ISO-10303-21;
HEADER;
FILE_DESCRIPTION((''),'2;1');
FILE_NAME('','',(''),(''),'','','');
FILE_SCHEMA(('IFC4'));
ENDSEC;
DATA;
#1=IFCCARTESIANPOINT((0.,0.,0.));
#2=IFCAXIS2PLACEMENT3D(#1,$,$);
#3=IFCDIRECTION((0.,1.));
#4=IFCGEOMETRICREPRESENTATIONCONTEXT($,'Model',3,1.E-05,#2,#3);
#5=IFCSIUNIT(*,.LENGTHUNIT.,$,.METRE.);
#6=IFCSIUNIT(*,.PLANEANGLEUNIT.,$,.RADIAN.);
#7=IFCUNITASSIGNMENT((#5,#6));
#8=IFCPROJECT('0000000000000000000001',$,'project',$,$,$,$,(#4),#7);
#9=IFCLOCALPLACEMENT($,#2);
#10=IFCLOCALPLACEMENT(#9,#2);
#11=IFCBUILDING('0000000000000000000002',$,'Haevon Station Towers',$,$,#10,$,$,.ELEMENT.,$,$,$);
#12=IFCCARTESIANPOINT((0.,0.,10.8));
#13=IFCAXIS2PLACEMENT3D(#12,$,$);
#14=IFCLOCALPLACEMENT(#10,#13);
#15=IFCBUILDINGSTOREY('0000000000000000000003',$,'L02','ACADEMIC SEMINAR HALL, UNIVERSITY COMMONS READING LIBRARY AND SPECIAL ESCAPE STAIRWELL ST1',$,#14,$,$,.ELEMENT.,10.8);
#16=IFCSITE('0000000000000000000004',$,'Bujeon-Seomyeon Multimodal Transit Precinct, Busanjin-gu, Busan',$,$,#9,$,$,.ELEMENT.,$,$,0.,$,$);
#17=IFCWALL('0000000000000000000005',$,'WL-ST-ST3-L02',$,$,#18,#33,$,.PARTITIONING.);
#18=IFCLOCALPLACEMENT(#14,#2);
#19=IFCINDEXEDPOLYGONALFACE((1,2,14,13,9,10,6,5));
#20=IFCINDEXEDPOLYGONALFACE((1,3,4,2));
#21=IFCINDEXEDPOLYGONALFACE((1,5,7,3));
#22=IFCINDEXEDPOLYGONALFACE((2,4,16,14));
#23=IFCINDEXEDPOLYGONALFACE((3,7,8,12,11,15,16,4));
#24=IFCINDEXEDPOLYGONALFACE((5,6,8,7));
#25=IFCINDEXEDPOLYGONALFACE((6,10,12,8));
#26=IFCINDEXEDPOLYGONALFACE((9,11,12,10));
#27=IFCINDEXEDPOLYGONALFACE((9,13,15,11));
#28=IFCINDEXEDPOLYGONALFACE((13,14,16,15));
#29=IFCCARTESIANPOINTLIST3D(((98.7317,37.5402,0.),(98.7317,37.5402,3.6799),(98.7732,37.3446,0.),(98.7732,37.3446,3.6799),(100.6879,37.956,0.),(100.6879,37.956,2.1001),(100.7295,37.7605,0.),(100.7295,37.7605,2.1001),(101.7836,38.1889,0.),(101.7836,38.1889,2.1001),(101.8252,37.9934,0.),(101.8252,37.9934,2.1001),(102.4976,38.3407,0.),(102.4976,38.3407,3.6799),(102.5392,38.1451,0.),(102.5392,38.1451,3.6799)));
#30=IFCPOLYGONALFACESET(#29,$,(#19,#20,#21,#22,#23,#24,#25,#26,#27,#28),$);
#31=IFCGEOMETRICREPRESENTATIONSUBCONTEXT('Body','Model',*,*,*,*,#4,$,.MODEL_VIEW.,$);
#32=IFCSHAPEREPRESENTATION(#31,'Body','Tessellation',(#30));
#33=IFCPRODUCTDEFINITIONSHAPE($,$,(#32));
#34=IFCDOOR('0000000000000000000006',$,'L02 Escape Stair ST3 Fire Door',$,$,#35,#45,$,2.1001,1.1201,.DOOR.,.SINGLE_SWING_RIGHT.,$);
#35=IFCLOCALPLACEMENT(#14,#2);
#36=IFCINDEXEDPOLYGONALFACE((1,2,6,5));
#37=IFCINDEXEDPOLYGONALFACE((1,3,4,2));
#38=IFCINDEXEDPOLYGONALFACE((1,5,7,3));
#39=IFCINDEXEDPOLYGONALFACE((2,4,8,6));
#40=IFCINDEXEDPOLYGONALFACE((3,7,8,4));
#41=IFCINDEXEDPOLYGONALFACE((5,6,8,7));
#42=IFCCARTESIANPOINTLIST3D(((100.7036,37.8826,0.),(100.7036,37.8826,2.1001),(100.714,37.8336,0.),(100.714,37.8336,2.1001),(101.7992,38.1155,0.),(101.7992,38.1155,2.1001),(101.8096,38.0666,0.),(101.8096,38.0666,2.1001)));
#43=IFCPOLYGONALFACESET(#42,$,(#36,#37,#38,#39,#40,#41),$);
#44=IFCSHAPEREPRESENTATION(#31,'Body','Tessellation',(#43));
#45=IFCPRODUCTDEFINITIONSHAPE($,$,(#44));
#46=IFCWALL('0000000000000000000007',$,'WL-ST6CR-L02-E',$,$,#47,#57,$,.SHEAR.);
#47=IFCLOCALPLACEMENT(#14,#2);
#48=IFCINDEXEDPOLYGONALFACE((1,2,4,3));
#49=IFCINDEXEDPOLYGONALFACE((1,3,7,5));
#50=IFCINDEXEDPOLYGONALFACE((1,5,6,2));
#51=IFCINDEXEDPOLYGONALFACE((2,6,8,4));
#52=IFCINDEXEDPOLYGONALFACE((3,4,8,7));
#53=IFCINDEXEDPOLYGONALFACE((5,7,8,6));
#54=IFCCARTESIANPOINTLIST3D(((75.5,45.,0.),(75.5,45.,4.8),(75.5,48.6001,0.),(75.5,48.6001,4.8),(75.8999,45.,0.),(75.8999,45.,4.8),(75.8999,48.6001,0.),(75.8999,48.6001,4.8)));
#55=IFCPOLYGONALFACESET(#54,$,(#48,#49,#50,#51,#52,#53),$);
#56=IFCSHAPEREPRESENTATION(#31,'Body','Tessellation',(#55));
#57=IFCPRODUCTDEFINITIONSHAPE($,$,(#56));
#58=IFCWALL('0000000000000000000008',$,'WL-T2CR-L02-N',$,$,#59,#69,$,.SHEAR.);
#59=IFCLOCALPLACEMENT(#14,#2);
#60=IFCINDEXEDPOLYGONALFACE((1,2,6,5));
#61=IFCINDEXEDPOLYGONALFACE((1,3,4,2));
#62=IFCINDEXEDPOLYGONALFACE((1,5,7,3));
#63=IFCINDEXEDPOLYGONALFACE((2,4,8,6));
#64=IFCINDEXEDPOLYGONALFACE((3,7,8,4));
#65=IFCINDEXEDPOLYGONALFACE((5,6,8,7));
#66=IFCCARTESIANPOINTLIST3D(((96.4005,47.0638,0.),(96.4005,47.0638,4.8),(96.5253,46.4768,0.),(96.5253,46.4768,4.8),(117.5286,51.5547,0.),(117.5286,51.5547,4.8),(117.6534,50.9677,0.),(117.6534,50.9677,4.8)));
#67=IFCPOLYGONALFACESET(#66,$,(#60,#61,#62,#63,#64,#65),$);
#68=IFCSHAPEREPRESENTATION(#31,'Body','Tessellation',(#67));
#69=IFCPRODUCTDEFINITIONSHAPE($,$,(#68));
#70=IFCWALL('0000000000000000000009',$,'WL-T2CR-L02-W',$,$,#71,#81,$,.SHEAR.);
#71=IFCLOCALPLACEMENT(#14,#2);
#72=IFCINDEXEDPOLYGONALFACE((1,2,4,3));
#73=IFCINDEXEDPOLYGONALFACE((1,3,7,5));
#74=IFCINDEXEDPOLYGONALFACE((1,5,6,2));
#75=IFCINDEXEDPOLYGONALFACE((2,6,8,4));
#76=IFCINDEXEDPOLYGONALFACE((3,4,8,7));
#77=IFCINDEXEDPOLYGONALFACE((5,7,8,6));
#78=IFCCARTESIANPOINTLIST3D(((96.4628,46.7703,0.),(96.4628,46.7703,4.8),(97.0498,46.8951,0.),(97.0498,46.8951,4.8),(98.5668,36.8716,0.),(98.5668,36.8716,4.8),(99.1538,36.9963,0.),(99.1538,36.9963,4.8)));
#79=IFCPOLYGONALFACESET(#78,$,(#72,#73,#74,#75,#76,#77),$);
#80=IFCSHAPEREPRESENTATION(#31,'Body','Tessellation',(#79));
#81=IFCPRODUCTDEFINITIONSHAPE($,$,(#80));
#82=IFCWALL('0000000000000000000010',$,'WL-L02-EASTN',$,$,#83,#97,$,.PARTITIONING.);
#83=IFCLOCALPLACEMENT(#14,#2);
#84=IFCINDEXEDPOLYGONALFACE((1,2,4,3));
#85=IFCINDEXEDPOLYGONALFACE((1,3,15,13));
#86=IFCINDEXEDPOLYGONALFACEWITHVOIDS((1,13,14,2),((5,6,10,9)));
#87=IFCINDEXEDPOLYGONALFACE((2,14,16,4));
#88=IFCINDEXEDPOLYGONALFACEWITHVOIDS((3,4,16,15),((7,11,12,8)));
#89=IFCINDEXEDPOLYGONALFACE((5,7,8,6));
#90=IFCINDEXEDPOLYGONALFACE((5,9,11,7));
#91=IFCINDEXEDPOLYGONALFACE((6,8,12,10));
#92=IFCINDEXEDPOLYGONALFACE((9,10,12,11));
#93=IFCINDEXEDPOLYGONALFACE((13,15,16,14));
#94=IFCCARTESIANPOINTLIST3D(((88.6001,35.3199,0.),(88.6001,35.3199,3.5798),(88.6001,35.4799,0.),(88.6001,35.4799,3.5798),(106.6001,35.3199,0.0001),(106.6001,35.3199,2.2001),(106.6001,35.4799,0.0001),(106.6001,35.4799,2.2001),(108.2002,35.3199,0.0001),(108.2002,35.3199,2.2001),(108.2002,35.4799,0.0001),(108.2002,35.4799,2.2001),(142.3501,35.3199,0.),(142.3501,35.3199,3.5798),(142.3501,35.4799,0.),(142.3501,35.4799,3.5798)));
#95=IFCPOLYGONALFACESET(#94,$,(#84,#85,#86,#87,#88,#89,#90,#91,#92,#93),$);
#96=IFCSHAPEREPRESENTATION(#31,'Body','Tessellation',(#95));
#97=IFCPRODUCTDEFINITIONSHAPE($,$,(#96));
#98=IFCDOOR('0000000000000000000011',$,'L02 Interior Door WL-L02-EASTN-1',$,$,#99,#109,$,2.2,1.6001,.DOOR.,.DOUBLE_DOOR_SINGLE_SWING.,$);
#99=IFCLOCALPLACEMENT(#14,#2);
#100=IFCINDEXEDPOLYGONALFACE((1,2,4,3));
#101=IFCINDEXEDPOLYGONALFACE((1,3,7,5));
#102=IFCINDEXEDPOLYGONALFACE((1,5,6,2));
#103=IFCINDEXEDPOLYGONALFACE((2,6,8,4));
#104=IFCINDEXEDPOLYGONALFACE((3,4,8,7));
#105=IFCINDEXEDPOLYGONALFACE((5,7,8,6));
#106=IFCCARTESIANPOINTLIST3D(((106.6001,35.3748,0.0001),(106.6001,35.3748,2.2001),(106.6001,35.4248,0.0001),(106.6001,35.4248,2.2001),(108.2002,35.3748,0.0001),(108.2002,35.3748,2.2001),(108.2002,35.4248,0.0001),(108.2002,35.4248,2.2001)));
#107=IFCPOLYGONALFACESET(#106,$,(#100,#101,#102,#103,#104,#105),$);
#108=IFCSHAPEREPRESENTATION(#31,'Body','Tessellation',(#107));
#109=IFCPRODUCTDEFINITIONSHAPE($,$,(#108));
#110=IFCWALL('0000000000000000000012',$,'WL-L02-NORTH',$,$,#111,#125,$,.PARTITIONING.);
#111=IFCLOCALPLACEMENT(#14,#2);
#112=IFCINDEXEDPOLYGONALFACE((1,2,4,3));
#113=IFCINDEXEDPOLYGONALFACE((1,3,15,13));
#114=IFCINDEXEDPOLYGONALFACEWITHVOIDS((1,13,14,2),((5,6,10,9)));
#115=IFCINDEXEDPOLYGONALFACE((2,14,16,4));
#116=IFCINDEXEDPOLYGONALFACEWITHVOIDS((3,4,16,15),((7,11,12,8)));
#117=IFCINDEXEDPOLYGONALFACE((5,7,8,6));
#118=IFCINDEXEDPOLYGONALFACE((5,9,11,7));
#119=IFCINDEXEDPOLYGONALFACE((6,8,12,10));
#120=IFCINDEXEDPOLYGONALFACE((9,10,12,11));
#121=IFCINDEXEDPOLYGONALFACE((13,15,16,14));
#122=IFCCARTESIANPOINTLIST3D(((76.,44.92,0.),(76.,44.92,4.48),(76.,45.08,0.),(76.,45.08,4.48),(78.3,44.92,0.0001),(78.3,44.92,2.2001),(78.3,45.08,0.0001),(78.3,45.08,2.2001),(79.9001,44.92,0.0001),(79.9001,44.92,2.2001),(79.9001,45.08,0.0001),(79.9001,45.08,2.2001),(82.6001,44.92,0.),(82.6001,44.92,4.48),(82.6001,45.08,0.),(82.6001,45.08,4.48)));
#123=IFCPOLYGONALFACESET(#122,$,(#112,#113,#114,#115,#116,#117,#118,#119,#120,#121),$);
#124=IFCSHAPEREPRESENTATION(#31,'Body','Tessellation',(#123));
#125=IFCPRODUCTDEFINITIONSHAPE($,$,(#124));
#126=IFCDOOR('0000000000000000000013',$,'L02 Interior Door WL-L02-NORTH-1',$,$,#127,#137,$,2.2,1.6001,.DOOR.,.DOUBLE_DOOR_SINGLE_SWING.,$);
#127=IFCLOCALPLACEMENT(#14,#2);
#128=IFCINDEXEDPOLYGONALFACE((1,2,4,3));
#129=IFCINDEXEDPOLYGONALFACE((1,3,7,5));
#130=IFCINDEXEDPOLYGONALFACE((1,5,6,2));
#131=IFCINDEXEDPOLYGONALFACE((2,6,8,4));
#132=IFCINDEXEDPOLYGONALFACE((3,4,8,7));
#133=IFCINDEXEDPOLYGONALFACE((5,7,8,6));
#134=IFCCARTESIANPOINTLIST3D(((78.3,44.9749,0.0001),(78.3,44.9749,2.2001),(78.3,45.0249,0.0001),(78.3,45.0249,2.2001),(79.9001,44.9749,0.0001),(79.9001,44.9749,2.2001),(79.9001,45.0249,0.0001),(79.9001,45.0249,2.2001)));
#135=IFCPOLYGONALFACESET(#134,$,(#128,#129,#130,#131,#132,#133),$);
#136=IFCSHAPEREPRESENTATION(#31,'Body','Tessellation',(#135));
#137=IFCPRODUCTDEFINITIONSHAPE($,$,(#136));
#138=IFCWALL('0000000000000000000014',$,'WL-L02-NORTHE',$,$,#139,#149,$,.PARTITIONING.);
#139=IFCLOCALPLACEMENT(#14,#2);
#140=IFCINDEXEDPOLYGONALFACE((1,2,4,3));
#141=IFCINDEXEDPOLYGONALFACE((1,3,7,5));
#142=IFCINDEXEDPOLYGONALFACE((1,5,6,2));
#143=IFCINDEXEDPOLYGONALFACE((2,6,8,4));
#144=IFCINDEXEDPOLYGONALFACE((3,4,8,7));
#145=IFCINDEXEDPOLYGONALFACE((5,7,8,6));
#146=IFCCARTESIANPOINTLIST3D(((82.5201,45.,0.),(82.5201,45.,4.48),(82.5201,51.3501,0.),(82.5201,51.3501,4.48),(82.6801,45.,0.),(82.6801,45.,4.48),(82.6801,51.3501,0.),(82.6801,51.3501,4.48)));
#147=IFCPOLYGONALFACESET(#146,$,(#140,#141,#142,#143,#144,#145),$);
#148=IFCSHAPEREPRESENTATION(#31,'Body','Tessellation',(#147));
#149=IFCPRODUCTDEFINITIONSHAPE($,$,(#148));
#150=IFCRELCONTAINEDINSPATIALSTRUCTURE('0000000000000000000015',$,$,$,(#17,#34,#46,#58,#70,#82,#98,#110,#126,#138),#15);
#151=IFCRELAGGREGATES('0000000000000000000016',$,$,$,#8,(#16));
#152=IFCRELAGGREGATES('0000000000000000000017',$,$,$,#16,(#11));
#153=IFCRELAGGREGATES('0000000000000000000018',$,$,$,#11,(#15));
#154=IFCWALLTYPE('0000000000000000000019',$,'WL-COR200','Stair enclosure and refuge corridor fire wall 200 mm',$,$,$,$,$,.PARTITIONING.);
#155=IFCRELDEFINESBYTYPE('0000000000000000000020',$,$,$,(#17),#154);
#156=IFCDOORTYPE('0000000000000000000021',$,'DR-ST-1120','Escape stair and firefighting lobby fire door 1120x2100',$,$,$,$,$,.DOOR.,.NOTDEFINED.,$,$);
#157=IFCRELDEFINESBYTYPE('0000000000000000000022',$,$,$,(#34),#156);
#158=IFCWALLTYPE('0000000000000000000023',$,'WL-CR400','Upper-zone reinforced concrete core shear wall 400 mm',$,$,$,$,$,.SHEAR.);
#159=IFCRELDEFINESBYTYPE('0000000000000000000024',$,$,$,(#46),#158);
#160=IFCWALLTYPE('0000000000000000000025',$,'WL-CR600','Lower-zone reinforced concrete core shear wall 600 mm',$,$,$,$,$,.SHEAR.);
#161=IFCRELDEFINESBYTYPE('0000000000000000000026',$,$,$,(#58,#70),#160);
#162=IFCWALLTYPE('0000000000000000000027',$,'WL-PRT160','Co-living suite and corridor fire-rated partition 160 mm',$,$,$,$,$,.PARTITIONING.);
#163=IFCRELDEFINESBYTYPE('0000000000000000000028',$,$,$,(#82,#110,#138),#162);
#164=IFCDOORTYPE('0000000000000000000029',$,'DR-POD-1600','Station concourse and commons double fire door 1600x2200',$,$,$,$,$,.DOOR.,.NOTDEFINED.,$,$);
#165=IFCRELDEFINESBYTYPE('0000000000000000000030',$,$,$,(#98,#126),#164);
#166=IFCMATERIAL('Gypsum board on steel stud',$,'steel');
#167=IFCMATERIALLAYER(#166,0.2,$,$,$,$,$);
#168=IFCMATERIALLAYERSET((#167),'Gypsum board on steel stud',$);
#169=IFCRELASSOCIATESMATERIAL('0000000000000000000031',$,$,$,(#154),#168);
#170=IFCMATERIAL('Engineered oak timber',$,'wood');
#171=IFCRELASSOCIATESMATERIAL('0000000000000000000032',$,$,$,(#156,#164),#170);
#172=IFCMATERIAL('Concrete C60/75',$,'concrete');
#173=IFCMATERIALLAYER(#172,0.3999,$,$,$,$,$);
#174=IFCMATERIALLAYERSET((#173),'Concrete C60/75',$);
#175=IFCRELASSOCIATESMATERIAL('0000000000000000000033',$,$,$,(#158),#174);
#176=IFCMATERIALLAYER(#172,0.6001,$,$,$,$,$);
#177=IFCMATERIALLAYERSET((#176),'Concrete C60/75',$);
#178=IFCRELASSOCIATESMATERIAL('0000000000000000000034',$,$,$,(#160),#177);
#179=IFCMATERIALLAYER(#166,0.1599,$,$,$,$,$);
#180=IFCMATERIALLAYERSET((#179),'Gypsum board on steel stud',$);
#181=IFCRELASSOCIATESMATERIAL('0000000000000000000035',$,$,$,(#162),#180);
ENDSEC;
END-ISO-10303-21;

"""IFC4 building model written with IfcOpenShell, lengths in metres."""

from ifc_helpers import new_model, si_unit, direction, frame, frame_2d, origin, place, context, subcontext, project, spatial, rectangle, extrude, material, layer, layer_set, type_object, element, fill, save


model = new_model("IFC4")

# Units and contexts
model_context = context("Model", 3, precision=1e-05, world=origin(), true_north=direction((0.0, 1.0)))
body_context = subcontext(model_context, "Body", "Model", "MODEL_VIEW")
ifc_project = project(units=[si_unit("LENGTHUNIT", "METRE"), si_unit("PLANEANGLEUNIT", "RADIAN")], contexts=[model_context])

# Site, building, storey
site_placement = place(None, origin())
site = spatial("IfcSite", under=ifc_project, at=site_placement, Name="Bujeon-Seomyeon Multimodal Transit Precinct, Busanjin-gu, Busan", CompositionType="ELEMENT", RefElevation=0.0)
building_placement = place(site_placement, origin())
building = spatial("IfcBuilding", under=site, at=building_placement, Name="Haevon Station Towers", CompositionType="ELEMENT")
storey_placement = place(building_placement, frame((0.0, 0.0, 10.8)))
storey = spatial("IfcBuildingStorey", under=building, at=storey_placement, Name="L02", Description="ACADEMIC SEMINAR HALL, UNIVERSITY COMMONS READING LIBRARY AND SPECIAL ESCAPE STAIRWELL ST1", CompositionType="ELEMENT", Elevation=10.8)

# Wall, opening, door
ifc_material_1 = material(Name="Gypsum board on steel stud", Category="steel")
ifc_layer_1 = layer(ifc_material_1, 0.2)
ifc_layer_set_1 = layer_set([ifc_layer_1], Name="Gypsum board on steel stud")
wall_type_1 = type_object("IfcWallType", Name="WL-COR200", Description="Stair enclosure and refuge corridor fire wall 200 mm", PredefinedType="PARTITIONING", material=ifc_layer_set_1)
wall_1_placement = place(storey_placement, frame((98.7524, 37.4424, 0.0), z_axis=(0.0, 0.0, 1.0), x_axis=(0.978144, 0.207931, 0.0)))
wall_1 = element("IfcWall", 1, at=wall_1_placement, inside=storey, type_object=wall_type_1, Name="WL-ST-ST3-L02", PredefinedType="PARTITIONING", context=body_context, shape_type="SweptSolid", body=[
    extrude(rectangle(XDim=3.8501, YDim=0.2, at=frame_2d((1.925, 0.0))), origin(), (0.0, 0.0, 1.0), 3.6799),
])
opening_1_placement = place(wall_1_placement, frame((2.0, 0.0, 0.0)))
opening_1 = element("IfcOpeningElement", 2, at=opening_1_placement, cuts=wall_1, PredefinedType="OPENING", context=body_context, shape_type="SweptSolid", body=[
    extrude(rectangle(XDim=1.1201, YDim=2.1001, at=frame_2d((0.5601, 1.05))), frame((0.0, 0.1099, 0.0), z_axis=(0.0, -1.0, 0.0), x_axis=(1.0, 0.0, 0.0)), (0.0, 0.0, 1.0), 0.22),
])
ifc_material_2 = material(Name="Engineered oak timber", Category="wood")
door_type_1 = type_object("IfcDoorType", Name="DR-ST-1120", Description="Escape stair and firefighting lobby fire door 1120x2100", OperationType="NOTDEFINED", PredefinedType="DOOR", material=ifc_material_2)
door_1_placement = place(opening_1_placement, origin())
door_1 = element("IfcDoor", 3, at=door_1_placement, inside=storey, type_object=door_type_1, Name="L02 Escape Stair ST3 Fire Door", OperationType="SINGLE_SWING_RIGHT", OverallHeight=2.1001, OverallWidth=1.1201, PredefinedType="DOOR", context=body_context, shape_type="SweptSolid", body=[
    extrude(rectangle(XDim=1.1201, YDim=2.1001, at=frame_2d((0.5601, 1.05))), frame((0.0, 0.0249, 0.0), z_axis=(0.0, -1.0, 0.0), x_axis=(1.0, 0.0, 0.0)), (0.0, 0.0, 1.0), 0.05),
])
fill(opening_1, door_1)

# Walls
ifc_material_3 = material(Name="Concrete C60/75", Category="concrete")
ifc_layer_2 = layer(ifc_material_3, 0.3999)
ifc_layer_set_2 = layer_set([ifc_layer_2], Name="Concrete C60/75")
wall_type_2 = type_object("IfcWallType", Name="WL-CR400", Description="Upper-zone reinforced concrete core shear wall 400 mm", PredefinedType="SHEAR", material=ifc_layer_set_2)
wall_2_placement = place(storey_placement, frame((75.7, 45.0, 0.0), z_axis=(0.0, 0.0, 1.0), x_axis=(0.0, 1.0, 0.0)))
element("IfcWall", 4, at=wall_2_placement, inside=storey, type_object=wall_type_2, Name="WL-ST6CR-L02-E", PredefinedType="SHEAR", context=body_context, shape_type="SweptSolid", body=[
    extrude(rectangle(XDim=3.6001, YDim=0.3999, at=frame_2d((1.8, 0.0))), origin(), (0.0, 0.0, 1.0), 4.8),
])
ifc_layer_3 = layer(ifc_material_3, 0.6001)
ifc_layer_set_3 = layer_set([ifc_layer_3], Name="Concrete C60/75")
wall_type_3 = type_object("IfcWallType", Name="WL-CR600", Description="Lower-zone reinforced concrete core shear wall 600 mm", PredefinedType="SHEAR", material=ifc_layer_set_3)
wall_3_placement = place(storey_placement, frame((96.4629, 46.7703, 0.0), z_axis=(0.0, 0.0, 1.0), x_axis=(0.978147, 0.207913, 0.0)))
element("IfcWall", 5, at=wall_3_placement, inside=storey, type_object=wall_type_3, Name="WL-T2CR-L02-N", PredefinedType="SHEAR", context=body_context, shape_type="SweptSolid", body=[
    extrude(rectangle(XDim=21.6001, YDim=0.6001, at=frame_2d((10.8, 0.0))), origin(), (0.0, 0.0, 1.0), 4.8),
])
wall_4_placement = place(storey_placement, frame((98.8604, 36.9338, 0.0), z_axis=(0.0, 0.0, 1.0), x_axis=(-0.207909, 0.978148, 0.0)))
element("IfcWall", 6, at=wall_4_placement, inside=storey, type_object=wall_type_3, Name="WL-T2CR-L02-W", PredefinedType="SHEAR", context=body_context, shape_type="SweptSolid", body=[
    extrude(rectangle(XDim=10.1199, YDim=0.6001, at=frame_2d((5.0601, 0.0))), origin(), (0.0, 0.0, 1.0), 4.8),
])

# Walls, openings, doors
ifc_layer_4 = layer(ifc_material_1, 0.1599)
ifc_layer_set_4 = layer_set([ifc_layer_4], Name="Gypsum board on steel stud")
wall_type_4 = type_object("IfcWallType", Name="WL-PRT160", Description="Co-living suite and corridor fire-rated partition 160 mm", PredefinedType="PARTITIONING", material=ifc_layer_set_4)
wall_5_placement = place(storey_placement, frame((88.6001, 35.3999, 0.0), z_axis=(0.0, 0.0, 1.0), x_axis=(1.0, 0.0, 0.0)))
wall_5 = element("IfcWall", 7, at=wall_5_placement, inside=storey, type_object=wall_type_4, Name="WL-L02-EASTN", PredefinedType="PARTITIONING", context=body_context, shape_type="SweptSolid", body=[
    extrude(rectangle(XDim=53.75, YDim=0.1599, at=frame_2d((26.875, 0.0))), origin(), (0.0, 0.0, 1.0), 3.5798),
])
opening_2_placement = place(wall_5_placement, frame((18.0, 0.0, 0.0)))
opening_2 = element("IfcOpeningElement", 8, at=opening_2_placement, cuts=wall_5, PredefinedType="OPENING", context=body_context, shape_type="SweptSolid", body=[
    extrude(rectangle(XDim=1.6001, YDim=2.2, at=frame_2d((0.8, 1.1001))), frame((0.0, 0.0898, 0.0), z_axis=(0.0, -1.0, 0.0), x_axis=(1.0, 0.0, 0.0)), (0.0, 0.0, 1.0), 0.1799),
])
door_type_2 = type_object("IfcDoorType", Name="DR-POD-1600", Description="Station concourse and commons double fire door 1600x2200", OperationType="NOTDEFINED", PredefinedType="DOOR", material=ifc_material_2)
door_2_placement = place(opening_2_placement, origin())
door_2 = element("IfcDoor", 9, at=door_2_placement, inside=storey, type_object=door_type_2, Name="L02 Interior Door WL-L02-EASTN-1", OperationType="DOUBLE_DOOR_SINGLE_SWING", OverallHeight=2.2, OverallWidth=1.6001, PredefinedType="DOOR", context=body_context, shape_type="SweptSolid", body=[
    extrude(rectangle(XDim=1.6001, YDim=2.2, at=frame_2d((0.8, 1.1001))), frame((0.0, 0.0249, 0.0), z_axis=(0.0, -1.0, 0.0), x_axis=(1.0, 0.0, 0.0)), (0.0, 0.0, 1.0), 0.05),
])
fill(opening_2, door_2)
wall_6_placement = place(storey_placement, frame((76.0, 45.0, 0.0), z_axis=(0.0, 0.0, 1.0), x_axis=(1.0, 0.0, 0.0)))
wall_6 = element("IfcWall", 10, at=wall_6_placement, inside=storey, type_object=wall_type_4, Name="WL-L02-NORTH", PredefinedType="PARTITIONING", context=body_context, shape_type="SweptSolid", body=[
    extrude(rectangle(XDim=6.6001, YDim=0.1599, at=frame_2d((3.3, 0.0))), origin(), (0.0, 0.0, 1.0), 4.48),
])
opening_3_placement = place(wall_6_placement, frame((2.3, 0.0, 0.0)))
opening_3 = element("IfcOpeningElement", 11, at=opening_3_placement, cuts=wall_6, PredefinedType="OPENING", context=body_context, shape_type="SweptSolid", body=[
    extrude(rectangle(XDim=1.6001, YDim=2.2, at=frame_2d((0.8, 1.1001))), frame((0.0, 0.0898, 0.0), z_axis=(0.0, -1.0, 0.0), x_axis=(1.0, 0.0, 0.0)), (0.0, 0.0, 1.0), 0.1799),
])
door_3_placement = place(opening_3_placement, origin())
door_3 = element("IfcDoor", 12, at=door_3_placement, inside=storey, type_object=door_type_2, Name="L02 Interior Door WL-L02-NORTH-1", OperationType="DOUBLE_DOOR_SINGLE_SWING", OverallHeight=2.2, OverallWidth=1.6001, PredefinedType="DOOR", context=body_context, shape_type="SweptSolid", body=[
    extrude(rectangle(XDim=1.6001, YDim=2.2, at=frame_2d((0.8, 1.1001))), frame((0.0, 0.0249, 0.0), z_axis=(0.0, -1.0, 0.0), x_axis=(1.0, 0.0, 0.0)), (0.0, 0.0, 1.0), 0.05),
])
fill(opening_3, door_3)

# Wall
wall_7_placement = place(storey_placement, frame((82.6001, 45.0, 0.0), z_axis=(0.0, 0.0, 1.0), x_axis=(0.0, 1.0, 0.0)))
element("IfcWall", 13, at=wall_7_placement, inside=storey, type_object=wall_type_4, Name="WL-L02-NORTHE", PredefinedType="PARTITIONING", context=body_context, shape_type="SweptSolid", body=[
    extrude(rectangle(XDim=6.3501, YDim=0.1599, at=frame_2d((3.175, 0.0))), origin(), (0.0, 0.0, 1.0), 4.48),
])

save(model, "model.ifc")
